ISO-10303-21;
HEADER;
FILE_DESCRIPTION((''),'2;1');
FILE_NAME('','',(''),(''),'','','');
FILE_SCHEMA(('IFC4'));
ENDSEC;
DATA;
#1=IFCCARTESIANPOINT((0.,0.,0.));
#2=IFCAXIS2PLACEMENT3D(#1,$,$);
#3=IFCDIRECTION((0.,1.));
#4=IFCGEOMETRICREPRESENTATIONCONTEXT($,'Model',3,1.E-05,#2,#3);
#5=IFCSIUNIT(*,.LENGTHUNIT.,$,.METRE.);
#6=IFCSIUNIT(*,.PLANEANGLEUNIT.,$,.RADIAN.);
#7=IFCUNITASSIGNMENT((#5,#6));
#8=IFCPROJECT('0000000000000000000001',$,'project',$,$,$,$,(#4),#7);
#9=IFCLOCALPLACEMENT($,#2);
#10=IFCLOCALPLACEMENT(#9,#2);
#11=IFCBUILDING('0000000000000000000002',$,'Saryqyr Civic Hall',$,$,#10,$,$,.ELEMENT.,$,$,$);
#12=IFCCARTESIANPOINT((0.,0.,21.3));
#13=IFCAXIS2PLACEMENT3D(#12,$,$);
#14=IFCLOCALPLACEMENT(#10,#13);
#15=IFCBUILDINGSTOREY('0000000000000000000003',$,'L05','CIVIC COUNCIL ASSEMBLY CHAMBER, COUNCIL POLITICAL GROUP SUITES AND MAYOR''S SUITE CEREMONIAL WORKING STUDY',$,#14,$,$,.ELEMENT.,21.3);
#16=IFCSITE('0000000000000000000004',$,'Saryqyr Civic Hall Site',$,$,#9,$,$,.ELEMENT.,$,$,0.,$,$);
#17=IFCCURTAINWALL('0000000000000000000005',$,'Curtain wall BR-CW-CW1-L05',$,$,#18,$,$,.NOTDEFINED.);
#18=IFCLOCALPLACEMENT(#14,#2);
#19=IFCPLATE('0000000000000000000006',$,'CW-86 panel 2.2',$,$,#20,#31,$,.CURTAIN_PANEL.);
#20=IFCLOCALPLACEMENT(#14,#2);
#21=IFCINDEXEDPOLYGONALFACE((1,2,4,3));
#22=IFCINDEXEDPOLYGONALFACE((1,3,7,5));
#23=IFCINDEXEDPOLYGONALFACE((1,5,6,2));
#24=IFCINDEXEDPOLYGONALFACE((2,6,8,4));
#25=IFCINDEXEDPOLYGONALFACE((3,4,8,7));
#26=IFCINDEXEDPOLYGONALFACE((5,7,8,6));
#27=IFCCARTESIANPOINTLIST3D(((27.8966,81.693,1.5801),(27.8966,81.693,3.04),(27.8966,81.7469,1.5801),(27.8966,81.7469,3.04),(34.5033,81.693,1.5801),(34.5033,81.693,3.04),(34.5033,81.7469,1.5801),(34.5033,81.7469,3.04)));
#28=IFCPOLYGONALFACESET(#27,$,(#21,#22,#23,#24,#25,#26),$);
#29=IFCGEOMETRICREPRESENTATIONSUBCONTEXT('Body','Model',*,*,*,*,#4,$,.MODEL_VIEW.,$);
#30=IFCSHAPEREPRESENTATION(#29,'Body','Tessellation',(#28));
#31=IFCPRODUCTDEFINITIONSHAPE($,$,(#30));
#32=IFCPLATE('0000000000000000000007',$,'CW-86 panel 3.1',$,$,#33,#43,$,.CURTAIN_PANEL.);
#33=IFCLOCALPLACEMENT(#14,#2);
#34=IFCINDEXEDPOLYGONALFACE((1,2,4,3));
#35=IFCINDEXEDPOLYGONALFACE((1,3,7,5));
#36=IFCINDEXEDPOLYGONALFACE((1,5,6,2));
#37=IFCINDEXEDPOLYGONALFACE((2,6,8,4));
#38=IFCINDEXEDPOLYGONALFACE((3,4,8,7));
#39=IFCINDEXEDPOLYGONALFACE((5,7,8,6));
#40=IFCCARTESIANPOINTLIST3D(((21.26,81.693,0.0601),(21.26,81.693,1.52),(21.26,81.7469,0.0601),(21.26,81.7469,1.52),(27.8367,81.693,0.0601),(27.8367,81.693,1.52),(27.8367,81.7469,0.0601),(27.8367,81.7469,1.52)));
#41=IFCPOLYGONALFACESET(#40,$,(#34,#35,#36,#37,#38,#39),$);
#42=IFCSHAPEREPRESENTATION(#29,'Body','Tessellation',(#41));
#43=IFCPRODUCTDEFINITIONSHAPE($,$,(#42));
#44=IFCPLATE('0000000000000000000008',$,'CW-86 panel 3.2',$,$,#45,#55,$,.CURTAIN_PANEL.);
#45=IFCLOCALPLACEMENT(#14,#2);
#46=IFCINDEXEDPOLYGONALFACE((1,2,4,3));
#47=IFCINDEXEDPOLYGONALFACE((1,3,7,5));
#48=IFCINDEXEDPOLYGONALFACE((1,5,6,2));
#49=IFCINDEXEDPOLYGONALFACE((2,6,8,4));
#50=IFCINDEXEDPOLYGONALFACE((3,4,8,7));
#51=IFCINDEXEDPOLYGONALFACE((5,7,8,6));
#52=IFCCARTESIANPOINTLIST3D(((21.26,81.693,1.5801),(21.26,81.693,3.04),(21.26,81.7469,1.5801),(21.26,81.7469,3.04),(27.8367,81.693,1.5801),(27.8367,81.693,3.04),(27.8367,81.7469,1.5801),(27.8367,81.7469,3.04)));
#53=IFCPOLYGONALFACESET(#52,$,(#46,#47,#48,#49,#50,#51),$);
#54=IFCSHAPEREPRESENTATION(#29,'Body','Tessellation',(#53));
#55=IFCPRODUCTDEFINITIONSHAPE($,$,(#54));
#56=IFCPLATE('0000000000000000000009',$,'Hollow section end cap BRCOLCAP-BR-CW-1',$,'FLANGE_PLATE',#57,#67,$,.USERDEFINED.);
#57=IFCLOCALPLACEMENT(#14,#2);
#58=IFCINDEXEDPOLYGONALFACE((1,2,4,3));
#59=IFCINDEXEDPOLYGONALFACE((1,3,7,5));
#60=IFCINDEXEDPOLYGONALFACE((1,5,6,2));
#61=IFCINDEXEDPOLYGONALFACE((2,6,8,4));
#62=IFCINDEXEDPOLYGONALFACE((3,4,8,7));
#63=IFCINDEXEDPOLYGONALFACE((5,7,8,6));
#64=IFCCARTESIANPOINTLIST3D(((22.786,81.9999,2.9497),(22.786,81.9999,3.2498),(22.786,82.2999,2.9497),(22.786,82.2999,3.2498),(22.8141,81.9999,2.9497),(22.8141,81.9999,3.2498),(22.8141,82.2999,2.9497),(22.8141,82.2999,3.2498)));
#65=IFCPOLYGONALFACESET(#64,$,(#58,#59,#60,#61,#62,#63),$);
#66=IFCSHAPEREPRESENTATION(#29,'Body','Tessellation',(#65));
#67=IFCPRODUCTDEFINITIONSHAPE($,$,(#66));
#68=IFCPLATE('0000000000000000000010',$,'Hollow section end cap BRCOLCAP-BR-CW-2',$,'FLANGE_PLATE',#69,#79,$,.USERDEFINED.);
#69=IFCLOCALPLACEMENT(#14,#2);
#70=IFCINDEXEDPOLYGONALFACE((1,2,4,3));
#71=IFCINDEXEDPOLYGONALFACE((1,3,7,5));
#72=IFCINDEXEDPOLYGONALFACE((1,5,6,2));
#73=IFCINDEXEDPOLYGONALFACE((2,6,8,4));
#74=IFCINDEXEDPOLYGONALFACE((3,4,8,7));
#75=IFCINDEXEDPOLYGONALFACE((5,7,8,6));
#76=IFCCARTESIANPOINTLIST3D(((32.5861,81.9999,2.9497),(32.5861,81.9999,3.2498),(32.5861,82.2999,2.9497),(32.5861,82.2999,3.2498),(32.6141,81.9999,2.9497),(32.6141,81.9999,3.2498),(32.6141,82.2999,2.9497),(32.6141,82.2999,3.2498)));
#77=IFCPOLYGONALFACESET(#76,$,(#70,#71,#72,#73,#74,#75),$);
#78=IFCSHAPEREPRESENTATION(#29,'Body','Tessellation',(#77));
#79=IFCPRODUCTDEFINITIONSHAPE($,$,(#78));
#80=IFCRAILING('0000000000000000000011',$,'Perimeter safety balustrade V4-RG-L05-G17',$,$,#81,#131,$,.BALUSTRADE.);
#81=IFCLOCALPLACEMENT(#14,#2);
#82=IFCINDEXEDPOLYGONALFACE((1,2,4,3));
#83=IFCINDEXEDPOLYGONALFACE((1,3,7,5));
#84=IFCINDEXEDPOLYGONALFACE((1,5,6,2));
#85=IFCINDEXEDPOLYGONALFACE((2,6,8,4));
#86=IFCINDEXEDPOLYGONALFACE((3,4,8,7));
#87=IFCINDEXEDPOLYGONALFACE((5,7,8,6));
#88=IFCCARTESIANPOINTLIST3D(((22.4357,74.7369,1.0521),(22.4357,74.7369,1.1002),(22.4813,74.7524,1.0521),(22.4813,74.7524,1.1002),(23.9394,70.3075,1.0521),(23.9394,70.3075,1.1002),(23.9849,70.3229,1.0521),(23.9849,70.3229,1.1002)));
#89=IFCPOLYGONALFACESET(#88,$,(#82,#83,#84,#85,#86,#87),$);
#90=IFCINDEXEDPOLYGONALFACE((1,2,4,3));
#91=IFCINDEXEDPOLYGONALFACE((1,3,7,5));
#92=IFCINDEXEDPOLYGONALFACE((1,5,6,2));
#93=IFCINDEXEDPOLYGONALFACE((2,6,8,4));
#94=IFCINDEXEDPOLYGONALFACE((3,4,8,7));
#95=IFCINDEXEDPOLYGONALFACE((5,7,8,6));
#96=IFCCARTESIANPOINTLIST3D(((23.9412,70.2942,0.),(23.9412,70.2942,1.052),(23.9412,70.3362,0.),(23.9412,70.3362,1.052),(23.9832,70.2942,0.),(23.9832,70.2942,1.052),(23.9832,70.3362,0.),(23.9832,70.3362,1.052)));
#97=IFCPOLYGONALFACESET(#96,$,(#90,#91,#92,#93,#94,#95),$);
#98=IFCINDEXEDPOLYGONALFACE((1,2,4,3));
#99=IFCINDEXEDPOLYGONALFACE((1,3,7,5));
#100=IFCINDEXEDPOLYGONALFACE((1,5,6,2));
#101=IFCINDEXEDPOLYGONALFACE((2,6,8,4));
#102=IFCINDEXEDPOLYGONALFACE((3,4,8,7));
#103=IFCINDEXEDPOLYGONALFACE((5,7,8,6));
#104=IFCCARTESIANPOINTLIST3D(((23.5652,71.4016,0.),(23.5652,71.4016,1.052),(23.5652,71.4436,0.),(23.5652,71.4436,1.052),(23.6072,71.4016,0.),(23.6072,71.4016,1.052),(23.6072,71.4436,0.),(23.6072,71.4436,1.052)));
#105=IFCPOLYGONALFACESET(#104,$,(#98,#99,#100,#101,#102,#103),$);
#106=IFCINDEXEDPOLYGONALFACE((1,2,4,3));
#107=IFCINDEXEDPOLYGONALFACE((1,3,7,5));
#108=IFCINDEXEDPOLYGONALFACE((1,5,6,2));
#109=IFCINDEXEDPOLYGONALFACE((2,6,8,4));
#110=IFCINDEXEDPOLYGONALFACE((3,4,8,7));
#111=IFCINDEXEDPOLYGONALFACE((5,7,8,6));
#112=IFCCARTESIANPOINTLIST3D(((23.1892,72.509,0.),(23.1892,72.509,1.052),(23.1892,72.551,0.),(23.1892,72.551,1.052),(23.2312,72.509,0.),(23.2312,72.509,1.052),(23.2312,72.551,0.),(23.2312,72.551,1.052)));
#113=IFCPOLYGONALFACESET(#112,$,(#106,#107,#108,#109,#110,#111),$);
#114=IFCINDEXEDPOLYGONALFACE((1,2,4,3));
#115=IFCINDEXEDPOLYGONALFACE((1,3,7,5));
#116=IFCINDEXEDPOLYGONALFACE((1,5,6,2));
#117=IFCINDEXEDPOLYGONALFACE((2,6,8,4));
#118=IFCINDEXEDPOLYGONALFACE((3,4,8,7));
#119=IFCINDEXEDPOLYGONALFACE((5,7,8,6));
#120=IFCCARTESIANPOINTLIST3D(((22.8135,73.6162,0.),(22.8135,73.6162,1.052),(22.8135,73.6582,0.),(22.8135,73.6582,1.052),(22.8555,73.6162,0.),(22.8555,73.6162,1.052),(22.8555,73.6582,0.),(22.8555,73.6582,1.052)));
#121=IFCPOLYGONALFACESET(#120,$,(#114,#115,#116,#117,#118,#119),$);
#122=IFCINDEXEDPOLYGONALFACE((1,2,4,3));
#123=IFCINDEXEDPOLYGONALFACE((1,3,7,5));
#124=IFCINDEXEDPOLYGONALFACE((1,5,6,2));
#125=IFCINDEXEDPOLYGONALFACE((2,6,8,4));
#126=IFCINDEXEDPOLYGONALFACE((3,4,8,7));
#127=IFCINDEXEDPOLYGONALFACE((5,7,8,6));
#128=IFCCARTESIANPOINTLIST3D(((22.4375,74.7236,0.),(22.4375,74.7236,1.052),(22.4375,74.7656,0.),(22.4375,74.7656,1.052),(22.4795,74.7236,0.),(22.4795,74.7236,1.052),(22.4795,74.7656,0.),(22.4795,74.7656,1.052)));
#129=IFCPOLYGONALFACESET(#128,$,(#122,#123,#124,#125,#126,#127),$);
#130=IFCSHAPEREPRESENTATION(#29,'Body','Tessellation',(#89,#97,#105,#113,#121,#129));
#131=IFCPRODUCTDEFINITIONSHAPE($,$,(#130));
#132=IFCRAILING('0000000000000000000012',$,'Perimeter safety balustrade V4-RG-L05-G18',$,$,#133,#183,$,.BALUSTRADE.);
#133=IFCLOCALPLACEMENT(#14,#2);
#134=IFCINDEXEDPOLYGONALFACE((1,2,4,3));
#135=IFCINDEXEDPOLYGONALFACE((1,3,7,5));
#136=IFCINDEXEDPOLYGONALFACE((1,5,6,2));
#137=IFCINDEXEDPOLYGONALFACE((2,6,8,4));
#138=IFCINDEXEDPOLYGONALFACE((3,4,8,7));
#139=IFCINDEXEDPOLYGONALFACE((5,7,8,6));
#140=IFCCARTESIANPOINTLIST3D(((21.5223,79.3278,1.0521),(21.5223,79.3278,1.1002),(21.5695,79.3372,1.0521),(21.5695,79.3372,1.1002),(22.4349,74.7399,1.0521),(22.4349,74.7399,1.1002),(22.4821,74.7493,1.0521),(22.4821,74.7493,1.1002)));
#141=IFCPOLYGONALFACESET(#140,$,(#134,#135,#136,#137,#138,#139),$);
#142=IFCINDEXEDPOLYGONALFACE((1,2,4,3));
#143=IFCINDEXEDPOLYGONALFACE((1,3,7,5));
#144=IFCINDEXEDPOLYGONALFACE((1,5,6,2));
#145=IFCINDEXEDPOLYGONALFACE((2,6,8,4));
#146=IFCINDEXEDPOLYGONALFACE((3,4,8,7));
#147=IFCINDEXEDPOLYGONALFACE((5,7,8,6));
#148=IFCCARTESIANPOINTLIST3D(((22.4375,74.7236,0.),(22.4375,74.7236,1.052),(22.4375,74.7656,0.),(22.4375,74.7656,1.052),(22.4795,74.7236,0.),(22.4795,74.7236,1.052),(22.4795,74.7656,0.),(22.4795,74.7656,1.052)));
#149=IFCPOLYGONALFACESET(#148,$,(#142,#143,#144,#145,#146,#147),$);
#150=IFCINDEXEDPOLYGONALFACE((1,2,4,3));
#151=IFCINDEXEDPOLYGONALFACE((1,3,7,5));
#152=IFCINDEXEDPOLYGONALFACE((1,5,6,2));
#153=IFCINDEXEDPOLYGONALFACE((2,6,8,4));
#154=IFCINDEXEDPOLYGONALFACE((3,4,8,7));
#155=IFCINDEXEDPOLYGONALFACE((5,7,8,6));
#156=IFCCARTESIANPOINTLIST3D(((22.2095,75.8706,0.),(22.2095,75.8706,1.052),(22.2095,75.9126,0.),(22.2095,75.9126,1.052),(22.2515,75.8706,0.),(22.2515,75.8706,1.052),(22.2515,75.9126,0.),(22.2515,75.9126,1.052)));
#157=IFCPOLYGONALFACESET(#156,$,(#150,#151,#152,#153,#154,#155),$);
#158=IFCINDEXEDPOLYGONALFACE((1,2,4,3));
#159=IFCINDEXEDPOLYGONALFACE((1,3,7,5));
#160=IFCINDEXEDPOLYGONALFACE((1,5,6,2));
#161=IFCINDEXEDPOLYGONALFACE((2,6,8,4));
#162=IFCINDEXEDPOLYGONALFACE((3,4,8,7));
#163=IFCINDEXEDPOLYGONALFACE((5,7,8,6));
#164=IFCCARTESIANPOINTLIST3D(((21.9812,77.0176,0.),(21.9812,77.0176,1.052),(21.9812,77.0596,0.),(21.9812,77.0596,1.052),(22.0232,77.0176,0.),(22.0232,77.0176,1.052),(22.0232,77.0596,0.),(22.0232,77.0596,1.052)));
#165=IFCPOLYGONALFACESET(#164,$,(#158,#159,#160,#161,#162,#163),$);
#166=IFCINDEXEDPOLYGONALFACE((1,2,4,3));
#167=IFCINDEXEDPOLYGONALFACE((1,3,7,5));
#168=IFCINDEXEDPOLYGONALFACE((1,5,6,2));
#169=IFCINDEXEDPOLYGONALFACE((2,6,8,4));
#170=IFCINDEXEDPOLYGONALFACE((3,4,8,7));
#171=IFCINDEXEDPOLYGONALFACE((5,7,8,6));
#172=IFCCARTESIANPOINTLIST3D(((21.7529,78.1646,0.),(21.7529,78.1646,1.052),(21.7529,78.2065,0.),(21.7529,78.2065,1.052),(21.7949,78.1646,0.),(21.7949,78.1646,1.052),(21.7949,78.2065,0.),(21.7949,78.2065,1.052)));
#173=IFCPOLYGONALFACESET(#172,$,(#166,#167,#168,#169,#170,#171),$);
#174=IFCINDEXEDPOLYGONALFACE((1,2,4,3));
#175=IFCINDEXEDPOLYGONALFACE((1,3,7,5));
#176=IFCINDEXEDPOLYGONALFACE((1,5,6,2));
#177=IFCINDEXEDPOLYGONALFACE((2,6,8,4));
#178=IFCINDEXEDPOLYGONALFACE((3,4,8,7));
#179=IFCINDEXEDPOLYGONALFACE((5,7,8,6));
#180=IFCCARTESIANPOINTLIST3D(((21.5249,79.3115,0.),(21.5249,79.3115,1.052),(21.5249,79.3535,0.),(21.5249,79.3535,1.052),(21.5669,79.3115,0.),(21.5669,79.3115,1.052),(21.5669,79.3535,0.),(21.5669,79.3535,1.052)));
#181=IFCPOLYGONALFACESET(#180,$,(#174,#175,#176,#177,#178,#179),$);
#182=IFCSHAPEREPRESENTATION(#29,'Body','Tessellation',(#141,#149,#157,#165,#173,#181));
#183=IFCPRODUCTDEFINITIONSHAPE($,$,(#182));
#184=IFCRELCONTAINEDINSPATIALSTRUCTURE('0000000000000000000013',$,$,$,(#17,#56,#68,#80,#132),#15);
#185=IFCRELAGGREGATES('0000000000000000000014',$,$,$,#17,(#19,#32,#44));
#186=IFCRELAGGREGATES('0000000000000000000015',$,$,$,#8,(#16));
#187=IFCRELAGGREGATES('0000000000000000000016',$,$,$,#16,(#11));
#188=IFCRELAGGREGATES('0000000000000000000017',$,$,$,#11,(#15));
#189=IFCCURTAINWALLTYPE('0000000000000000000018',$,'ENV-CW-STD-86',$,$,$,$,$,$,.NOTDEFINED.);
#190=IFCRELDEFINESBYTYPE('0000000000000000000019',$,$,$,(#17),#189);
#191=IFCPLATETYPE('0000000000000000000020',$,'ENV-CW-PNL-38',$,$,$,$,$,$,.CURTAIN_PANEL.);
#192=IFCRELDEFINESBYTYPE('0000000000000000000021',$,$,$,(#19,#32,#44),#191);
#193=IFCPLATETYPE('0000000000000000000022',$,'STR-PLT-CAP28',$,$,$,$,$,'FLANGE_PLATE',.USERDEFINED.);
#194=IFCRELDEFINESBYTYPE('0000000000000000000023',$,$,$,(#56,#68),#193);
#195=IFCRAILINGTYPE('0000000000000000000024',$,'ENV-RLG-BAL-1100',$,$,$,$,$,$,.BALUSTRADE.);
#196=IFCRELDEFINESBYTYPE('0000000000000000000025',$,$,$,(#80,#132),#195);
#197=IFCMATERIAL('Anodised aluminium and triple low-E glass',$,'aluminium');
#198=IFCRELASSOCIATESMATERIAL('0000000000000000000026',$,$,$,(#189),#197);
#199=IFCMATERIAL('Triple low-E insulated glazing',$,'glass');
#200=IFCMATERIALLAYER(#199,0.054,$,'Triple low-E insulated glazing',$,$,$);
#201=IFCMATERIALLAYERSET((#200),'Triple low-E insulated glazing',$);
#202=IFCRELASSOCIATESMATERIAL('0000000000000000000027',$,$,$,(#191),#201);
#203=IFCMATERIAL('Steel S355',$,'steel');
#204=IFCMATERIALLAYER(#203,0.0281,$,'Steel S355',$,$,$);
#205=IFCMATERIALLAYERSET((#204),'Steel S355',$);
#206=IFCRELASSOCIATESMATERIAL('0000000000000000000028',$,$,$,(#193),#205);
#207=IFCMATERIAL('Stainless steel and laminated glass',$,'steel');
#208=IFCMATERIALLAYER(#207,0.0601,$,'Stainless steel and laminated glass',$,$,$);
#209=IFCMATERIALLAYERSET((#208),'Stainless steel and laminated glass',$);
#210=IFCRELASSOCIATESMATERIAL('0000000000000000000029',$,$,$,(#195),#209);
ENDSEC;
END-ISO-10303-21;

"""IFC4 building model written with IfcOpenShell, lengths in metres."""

from ifc_helpers import new_model, si_unit, direction, frame, origin, origin_2d, place, context, subcontext, project, spatial, rectangle, extrude, material, layer, layer_set, type_object, element, aggregate, save


model = new_model("IFC4")

# Units and contexts
model_context = context("Model", 3, precision=1e-05, world=origin(), true_north=direction((0.0, 1.0)))
body_context = subcontext(model_context, "Body", "Model", "MODEL_VIEW")
ifc_project = project(units=[si_unit("LENGTHUNIT", "METRE"), si_unit("PLANEANGLEUNIT", "RADIAN")], contexts=[model_context])

# Site, building, storey
site_placement = place(None, origin())
site = spatial("IfcSite", under=ifc_project, at=site_placement, Name="Saryqyr Civic Hall Site", CompositionType="ELEMENT", RefElevation=0.0)
building_placement = place(site_placement, origin())
building = spatial("IfcBuilding", under=site, at=building_placement, Name="Saryqyr Civic Hall", CompositionType="ELEMENT")
storey_placement = place(building_placement, frame((0.0, 0.0, 21.3)))
storey = spatial("IfcBuildingStorey", under=building, at=storey_placement, Name="L05", Description="CIVIC COUNCIL ASSEMBLY CHAMBER, COUNCIL POLITICAL GROUP SUITES AND MAYOR'S SUITE CEREMONIAL WORKING STUDY", CompositionType="ELEMENT", Elevation=21.3)

# Shared definitions
ifc_material_1 = material(Name="Steel S355", Category="steel")

# Curtain wall, plates
ifc_material_2 = material(Name="Anodised aluminium and triple low-E glass", Category="aluminium")
curtain_wall_type = type_object("IfcCurtainWallType", Name="ENV-CW-STD-86", PredefinedType="NOTDEFINED", material=ifc_material_2)
curtain_wall_placement = place(storey_placement, origin())
curtain_wall = element("IfcCurtainWall", 1, at=curtain_wall_placement, inside=storey, type_object=curtain_wall_type, Name="Curtain wall BR-CW-CW1-L05", PredefinedType="NOTDEFINED")
ifc_material_3 = material(Name="Triple low-E insulated glazing", Category="glass")
ifc_layer_1 = layer(ifc_material_3, 0.054, Name="Triple low-E insulated glazing")
ifc_layer_set_1 = layer_set([ifc_layer_1], Name="Triple low-E insulated glazing")
plate_type_1 = type_object("IfcPlateType", Name="ENV-CW-PNL-38", PredefinedType="CURTAIN_PANEL", material=ifc_layer_set_1)
plate_1_placement = place(storey_placement, frame((31.2, 81.72, 1.5801), z_axis=(0.0, 0.0, 1.0), x_axis=(-1.0, 0.0, 0.0)))
plate_1 = element("IfcPlate", 2, at=plate_1_placement, type_object=plate_type_1, Name="CW-86 panel 2.2", PredefinedType="CURTAIN_PANEL", context=body_context, shape_type="SweptSolid", body=[
    extrude(rectangle(XDim=6.6067, YDim=0.054, at=origin_2d()), origin(), (0.0, 0.0, 1.0), 1.46),
])
plate_2_placement = place(storey_placement, frame((24.5483, 81.72, 0.0601), z_axis=(0.0, 0.0, 1.0), x_axis=(-1.0, 0.0, 0.0)))
plate_2 = element("IfcPlate", 3, at=plate_2_placement, type_object=plate_type_1, Name="CW-86 panel 3.1", PredefinedType="CURTAIN_PANEL", context=body_context, shape_type="SweptSolid", body=[
    extrude(rectangle(XDim=6.5767, YDim=0.054, at=origin_2d()), origin(), (0.0, 0.0, 1.0), 1.46),
])
plate_3_placement = place(storey_placement, frame((24.5483, 81.72, 1.5801), z_axis=(0.0, 0.0, 1.0), x_axis=(-1.0, 0.0, 0.0)))
plate_3 = element("IfcPlate", 4, at=plate_3_placement, type_object=plate_type_1, Name="CW-86 panel 3.2", PredefinedType="CURTAIN_PANEL", context=body_context, shape_type="SweptSolid", body=[
    extrude(rectangle(XDim=6.5767, YDim=0.054, at=origin_2d()), origin(), (0.0, 0.0, 1.0), 1.46),
])
aggregate(curtain_wall, [plate_1, plate_2, plate_3])

# Plates
ifc_layer_2 = layer(ifc_material_1, 0.0281, Name="Steel S355")
ifc_layer_set_2 = layer_set([ifc_layer_2], Name="Steel S355")
plate_type_2 = type_object("IfcPlateType", Name="STR-PLT-CAP28", ElementType="FLANGE_PLATE", PredefinedType="USERDEFINED", material=ifc_layer_set_2)
for number, where, z_axis, x_axis, name in (
    (5, (22.8, 82.1499, 2.9497), (0.0, 0.0, 1.0), (1.0, 0.0, 0.0), "Hollow section end cap BRCOLCAP-BR-CW-1"),
    (6, (32.6001, 82.1499, 2.9497), (0.0, 0.0, 1.0), (1.0, 0.0, 0.0), "Hollow section end cap BRCOLCAP-BR-CW-2"),
):
    element("IfcPlate", number, at=place(storey_placement, frame(where, z_axis=z_axis, x_axis=x_axis)), inside=storey, type_object=plate_type_2, Name=name, ObjectType="FLANGE_PLATE", PredefinedType="USERDEFINED", context=body_context, shape_type="SweptSolid", body=[
        extrude(rectangle(XDim=0.0281, YDim=0.3, at=origin_2d()), origin(), (0.0, 0.0, 1.0), 0.3),
    ])

# Railings
ifc_material_4 = material(Name="Stainless steel and laminated glass", Category="steel")
ifc_layer_3 = layer(ifc_material_4, 0.0601, Name="Stainless steel and laminated glass")
ifc_layer_set_3 = layer_set([ifc_layer_3], Name="Stainless steel and laminated glass")
railing_type = type_object("IfcRailingType", Name="ENV-RLG-BAL-1100", PredefinedType="BALUSTRADE", material=ifc_layer_set_3)
railing_1_placement = place(storey_placement, frame((23.9622, 70.3152, 0.0)))
element("IfcRailing", 7, at=railing_1_placement, inside=storey, type_object=railing_type, Name="Perimeter safety balustrade V4-RG-L05-G17", PredefinedType="BALUSTRADE", context=body_context, shape_type="SweptSolid", body=[
    extrude(rectangle(XDim=0.0481, YDim=0.0481, at=origin_2d()), frame((0.0, 0.0, 1.0762), z_axis=(-0.321453, 0.946926, 0.0), x_axis=(-0.946926, -0.321453, 0.0)), (0.0, 0.0, 1.0), 4.6777),
    extrude(rectangle(XDim=0.042, YDim=0.042, at=origin_2d()), origin(), (0.0, 0.0, 1.0), 1.052),
    extrude(rectangle(XDim=0.042, YDim=0.042, at=origin_2d()), frame((-0.376, 1.1074, 0.0)), (0.0, 0.0, 1.0), 1.052),
    extrude(rectangle(XDim=0.042, YDim=0.042, at=origin_2d()), frame((-0.752, 2.2148, 0.0)), (0.0, 0.0, 1.0), 1.052),
    extrude(rectangle(XDim=0.042, YDim=0.042, at=origin_2d()), frame((-1.1277, 3.322, 0.0)), (0.0, 0.0, 1.0), 1.052),
    extrude(rectangle(XDim=0.042, YDim=0.042, at=origin_2d()), frame((-1.5037, 4.4294, 0.0)), (0.0, 0.0, 1.0), 1.052),
])
railing_2_placement = place(storey_placement, frame((22.4585, 74.7446, 0.0)))
element("IfcRailing", 8, at=railing_2_placement, inside=storey, type_object=railing_type, Name="Perimeter safety balustrade V4-RG-L05-G18", PredefinedType="BALUSTRADE", context=body_context, shape_type="SweptSolid", body=[
    extrude(rectangle(XDim=0.0481, YDim=0.0481, at=origin_2d()), frame((0.0, 0.0, 1.0762), z_axis=(-0.195092, 0.980785, 0.0), x_axis=(-0.980785, -0.195092, 0.0)), (0.0, 0.0, 1.0), 4.6777),
    extrude(rectangle(XDim=0.042, YDim=0.042, at=origin_2d()), origin(), (0.0, 0.0, 1.0), 1.052),
    extrude(rectangle(XDim=0.042, YDim=0.042, at=origin_2d()), frame((-0.228, 1.147, 0.0)), (0.0, 0.0, 1.0), 1.052),
    extrude(rectangle(XDim=0.042, YDim=0.042, at=origin_2d()), frame((-0.4563, 2.2939, 0.0)), (0.0, 0.0, 1.0), 1.052),
    extrude(rectangle(XDim=0.042, YDim=0.042, at=origin_2d()), frame((-0.6846, 3.4409, 0.0)), (0.0, 0.0, 1.0), 1.052),
    extrude(rectangle(XDim=0.042, YDim=0.042, at=origin_2d()), frame((-0.9126, 4.5879, 0.0)), (0.0, 0.0, 1.0), 1.052),
])

save(model, "model.ifc")
